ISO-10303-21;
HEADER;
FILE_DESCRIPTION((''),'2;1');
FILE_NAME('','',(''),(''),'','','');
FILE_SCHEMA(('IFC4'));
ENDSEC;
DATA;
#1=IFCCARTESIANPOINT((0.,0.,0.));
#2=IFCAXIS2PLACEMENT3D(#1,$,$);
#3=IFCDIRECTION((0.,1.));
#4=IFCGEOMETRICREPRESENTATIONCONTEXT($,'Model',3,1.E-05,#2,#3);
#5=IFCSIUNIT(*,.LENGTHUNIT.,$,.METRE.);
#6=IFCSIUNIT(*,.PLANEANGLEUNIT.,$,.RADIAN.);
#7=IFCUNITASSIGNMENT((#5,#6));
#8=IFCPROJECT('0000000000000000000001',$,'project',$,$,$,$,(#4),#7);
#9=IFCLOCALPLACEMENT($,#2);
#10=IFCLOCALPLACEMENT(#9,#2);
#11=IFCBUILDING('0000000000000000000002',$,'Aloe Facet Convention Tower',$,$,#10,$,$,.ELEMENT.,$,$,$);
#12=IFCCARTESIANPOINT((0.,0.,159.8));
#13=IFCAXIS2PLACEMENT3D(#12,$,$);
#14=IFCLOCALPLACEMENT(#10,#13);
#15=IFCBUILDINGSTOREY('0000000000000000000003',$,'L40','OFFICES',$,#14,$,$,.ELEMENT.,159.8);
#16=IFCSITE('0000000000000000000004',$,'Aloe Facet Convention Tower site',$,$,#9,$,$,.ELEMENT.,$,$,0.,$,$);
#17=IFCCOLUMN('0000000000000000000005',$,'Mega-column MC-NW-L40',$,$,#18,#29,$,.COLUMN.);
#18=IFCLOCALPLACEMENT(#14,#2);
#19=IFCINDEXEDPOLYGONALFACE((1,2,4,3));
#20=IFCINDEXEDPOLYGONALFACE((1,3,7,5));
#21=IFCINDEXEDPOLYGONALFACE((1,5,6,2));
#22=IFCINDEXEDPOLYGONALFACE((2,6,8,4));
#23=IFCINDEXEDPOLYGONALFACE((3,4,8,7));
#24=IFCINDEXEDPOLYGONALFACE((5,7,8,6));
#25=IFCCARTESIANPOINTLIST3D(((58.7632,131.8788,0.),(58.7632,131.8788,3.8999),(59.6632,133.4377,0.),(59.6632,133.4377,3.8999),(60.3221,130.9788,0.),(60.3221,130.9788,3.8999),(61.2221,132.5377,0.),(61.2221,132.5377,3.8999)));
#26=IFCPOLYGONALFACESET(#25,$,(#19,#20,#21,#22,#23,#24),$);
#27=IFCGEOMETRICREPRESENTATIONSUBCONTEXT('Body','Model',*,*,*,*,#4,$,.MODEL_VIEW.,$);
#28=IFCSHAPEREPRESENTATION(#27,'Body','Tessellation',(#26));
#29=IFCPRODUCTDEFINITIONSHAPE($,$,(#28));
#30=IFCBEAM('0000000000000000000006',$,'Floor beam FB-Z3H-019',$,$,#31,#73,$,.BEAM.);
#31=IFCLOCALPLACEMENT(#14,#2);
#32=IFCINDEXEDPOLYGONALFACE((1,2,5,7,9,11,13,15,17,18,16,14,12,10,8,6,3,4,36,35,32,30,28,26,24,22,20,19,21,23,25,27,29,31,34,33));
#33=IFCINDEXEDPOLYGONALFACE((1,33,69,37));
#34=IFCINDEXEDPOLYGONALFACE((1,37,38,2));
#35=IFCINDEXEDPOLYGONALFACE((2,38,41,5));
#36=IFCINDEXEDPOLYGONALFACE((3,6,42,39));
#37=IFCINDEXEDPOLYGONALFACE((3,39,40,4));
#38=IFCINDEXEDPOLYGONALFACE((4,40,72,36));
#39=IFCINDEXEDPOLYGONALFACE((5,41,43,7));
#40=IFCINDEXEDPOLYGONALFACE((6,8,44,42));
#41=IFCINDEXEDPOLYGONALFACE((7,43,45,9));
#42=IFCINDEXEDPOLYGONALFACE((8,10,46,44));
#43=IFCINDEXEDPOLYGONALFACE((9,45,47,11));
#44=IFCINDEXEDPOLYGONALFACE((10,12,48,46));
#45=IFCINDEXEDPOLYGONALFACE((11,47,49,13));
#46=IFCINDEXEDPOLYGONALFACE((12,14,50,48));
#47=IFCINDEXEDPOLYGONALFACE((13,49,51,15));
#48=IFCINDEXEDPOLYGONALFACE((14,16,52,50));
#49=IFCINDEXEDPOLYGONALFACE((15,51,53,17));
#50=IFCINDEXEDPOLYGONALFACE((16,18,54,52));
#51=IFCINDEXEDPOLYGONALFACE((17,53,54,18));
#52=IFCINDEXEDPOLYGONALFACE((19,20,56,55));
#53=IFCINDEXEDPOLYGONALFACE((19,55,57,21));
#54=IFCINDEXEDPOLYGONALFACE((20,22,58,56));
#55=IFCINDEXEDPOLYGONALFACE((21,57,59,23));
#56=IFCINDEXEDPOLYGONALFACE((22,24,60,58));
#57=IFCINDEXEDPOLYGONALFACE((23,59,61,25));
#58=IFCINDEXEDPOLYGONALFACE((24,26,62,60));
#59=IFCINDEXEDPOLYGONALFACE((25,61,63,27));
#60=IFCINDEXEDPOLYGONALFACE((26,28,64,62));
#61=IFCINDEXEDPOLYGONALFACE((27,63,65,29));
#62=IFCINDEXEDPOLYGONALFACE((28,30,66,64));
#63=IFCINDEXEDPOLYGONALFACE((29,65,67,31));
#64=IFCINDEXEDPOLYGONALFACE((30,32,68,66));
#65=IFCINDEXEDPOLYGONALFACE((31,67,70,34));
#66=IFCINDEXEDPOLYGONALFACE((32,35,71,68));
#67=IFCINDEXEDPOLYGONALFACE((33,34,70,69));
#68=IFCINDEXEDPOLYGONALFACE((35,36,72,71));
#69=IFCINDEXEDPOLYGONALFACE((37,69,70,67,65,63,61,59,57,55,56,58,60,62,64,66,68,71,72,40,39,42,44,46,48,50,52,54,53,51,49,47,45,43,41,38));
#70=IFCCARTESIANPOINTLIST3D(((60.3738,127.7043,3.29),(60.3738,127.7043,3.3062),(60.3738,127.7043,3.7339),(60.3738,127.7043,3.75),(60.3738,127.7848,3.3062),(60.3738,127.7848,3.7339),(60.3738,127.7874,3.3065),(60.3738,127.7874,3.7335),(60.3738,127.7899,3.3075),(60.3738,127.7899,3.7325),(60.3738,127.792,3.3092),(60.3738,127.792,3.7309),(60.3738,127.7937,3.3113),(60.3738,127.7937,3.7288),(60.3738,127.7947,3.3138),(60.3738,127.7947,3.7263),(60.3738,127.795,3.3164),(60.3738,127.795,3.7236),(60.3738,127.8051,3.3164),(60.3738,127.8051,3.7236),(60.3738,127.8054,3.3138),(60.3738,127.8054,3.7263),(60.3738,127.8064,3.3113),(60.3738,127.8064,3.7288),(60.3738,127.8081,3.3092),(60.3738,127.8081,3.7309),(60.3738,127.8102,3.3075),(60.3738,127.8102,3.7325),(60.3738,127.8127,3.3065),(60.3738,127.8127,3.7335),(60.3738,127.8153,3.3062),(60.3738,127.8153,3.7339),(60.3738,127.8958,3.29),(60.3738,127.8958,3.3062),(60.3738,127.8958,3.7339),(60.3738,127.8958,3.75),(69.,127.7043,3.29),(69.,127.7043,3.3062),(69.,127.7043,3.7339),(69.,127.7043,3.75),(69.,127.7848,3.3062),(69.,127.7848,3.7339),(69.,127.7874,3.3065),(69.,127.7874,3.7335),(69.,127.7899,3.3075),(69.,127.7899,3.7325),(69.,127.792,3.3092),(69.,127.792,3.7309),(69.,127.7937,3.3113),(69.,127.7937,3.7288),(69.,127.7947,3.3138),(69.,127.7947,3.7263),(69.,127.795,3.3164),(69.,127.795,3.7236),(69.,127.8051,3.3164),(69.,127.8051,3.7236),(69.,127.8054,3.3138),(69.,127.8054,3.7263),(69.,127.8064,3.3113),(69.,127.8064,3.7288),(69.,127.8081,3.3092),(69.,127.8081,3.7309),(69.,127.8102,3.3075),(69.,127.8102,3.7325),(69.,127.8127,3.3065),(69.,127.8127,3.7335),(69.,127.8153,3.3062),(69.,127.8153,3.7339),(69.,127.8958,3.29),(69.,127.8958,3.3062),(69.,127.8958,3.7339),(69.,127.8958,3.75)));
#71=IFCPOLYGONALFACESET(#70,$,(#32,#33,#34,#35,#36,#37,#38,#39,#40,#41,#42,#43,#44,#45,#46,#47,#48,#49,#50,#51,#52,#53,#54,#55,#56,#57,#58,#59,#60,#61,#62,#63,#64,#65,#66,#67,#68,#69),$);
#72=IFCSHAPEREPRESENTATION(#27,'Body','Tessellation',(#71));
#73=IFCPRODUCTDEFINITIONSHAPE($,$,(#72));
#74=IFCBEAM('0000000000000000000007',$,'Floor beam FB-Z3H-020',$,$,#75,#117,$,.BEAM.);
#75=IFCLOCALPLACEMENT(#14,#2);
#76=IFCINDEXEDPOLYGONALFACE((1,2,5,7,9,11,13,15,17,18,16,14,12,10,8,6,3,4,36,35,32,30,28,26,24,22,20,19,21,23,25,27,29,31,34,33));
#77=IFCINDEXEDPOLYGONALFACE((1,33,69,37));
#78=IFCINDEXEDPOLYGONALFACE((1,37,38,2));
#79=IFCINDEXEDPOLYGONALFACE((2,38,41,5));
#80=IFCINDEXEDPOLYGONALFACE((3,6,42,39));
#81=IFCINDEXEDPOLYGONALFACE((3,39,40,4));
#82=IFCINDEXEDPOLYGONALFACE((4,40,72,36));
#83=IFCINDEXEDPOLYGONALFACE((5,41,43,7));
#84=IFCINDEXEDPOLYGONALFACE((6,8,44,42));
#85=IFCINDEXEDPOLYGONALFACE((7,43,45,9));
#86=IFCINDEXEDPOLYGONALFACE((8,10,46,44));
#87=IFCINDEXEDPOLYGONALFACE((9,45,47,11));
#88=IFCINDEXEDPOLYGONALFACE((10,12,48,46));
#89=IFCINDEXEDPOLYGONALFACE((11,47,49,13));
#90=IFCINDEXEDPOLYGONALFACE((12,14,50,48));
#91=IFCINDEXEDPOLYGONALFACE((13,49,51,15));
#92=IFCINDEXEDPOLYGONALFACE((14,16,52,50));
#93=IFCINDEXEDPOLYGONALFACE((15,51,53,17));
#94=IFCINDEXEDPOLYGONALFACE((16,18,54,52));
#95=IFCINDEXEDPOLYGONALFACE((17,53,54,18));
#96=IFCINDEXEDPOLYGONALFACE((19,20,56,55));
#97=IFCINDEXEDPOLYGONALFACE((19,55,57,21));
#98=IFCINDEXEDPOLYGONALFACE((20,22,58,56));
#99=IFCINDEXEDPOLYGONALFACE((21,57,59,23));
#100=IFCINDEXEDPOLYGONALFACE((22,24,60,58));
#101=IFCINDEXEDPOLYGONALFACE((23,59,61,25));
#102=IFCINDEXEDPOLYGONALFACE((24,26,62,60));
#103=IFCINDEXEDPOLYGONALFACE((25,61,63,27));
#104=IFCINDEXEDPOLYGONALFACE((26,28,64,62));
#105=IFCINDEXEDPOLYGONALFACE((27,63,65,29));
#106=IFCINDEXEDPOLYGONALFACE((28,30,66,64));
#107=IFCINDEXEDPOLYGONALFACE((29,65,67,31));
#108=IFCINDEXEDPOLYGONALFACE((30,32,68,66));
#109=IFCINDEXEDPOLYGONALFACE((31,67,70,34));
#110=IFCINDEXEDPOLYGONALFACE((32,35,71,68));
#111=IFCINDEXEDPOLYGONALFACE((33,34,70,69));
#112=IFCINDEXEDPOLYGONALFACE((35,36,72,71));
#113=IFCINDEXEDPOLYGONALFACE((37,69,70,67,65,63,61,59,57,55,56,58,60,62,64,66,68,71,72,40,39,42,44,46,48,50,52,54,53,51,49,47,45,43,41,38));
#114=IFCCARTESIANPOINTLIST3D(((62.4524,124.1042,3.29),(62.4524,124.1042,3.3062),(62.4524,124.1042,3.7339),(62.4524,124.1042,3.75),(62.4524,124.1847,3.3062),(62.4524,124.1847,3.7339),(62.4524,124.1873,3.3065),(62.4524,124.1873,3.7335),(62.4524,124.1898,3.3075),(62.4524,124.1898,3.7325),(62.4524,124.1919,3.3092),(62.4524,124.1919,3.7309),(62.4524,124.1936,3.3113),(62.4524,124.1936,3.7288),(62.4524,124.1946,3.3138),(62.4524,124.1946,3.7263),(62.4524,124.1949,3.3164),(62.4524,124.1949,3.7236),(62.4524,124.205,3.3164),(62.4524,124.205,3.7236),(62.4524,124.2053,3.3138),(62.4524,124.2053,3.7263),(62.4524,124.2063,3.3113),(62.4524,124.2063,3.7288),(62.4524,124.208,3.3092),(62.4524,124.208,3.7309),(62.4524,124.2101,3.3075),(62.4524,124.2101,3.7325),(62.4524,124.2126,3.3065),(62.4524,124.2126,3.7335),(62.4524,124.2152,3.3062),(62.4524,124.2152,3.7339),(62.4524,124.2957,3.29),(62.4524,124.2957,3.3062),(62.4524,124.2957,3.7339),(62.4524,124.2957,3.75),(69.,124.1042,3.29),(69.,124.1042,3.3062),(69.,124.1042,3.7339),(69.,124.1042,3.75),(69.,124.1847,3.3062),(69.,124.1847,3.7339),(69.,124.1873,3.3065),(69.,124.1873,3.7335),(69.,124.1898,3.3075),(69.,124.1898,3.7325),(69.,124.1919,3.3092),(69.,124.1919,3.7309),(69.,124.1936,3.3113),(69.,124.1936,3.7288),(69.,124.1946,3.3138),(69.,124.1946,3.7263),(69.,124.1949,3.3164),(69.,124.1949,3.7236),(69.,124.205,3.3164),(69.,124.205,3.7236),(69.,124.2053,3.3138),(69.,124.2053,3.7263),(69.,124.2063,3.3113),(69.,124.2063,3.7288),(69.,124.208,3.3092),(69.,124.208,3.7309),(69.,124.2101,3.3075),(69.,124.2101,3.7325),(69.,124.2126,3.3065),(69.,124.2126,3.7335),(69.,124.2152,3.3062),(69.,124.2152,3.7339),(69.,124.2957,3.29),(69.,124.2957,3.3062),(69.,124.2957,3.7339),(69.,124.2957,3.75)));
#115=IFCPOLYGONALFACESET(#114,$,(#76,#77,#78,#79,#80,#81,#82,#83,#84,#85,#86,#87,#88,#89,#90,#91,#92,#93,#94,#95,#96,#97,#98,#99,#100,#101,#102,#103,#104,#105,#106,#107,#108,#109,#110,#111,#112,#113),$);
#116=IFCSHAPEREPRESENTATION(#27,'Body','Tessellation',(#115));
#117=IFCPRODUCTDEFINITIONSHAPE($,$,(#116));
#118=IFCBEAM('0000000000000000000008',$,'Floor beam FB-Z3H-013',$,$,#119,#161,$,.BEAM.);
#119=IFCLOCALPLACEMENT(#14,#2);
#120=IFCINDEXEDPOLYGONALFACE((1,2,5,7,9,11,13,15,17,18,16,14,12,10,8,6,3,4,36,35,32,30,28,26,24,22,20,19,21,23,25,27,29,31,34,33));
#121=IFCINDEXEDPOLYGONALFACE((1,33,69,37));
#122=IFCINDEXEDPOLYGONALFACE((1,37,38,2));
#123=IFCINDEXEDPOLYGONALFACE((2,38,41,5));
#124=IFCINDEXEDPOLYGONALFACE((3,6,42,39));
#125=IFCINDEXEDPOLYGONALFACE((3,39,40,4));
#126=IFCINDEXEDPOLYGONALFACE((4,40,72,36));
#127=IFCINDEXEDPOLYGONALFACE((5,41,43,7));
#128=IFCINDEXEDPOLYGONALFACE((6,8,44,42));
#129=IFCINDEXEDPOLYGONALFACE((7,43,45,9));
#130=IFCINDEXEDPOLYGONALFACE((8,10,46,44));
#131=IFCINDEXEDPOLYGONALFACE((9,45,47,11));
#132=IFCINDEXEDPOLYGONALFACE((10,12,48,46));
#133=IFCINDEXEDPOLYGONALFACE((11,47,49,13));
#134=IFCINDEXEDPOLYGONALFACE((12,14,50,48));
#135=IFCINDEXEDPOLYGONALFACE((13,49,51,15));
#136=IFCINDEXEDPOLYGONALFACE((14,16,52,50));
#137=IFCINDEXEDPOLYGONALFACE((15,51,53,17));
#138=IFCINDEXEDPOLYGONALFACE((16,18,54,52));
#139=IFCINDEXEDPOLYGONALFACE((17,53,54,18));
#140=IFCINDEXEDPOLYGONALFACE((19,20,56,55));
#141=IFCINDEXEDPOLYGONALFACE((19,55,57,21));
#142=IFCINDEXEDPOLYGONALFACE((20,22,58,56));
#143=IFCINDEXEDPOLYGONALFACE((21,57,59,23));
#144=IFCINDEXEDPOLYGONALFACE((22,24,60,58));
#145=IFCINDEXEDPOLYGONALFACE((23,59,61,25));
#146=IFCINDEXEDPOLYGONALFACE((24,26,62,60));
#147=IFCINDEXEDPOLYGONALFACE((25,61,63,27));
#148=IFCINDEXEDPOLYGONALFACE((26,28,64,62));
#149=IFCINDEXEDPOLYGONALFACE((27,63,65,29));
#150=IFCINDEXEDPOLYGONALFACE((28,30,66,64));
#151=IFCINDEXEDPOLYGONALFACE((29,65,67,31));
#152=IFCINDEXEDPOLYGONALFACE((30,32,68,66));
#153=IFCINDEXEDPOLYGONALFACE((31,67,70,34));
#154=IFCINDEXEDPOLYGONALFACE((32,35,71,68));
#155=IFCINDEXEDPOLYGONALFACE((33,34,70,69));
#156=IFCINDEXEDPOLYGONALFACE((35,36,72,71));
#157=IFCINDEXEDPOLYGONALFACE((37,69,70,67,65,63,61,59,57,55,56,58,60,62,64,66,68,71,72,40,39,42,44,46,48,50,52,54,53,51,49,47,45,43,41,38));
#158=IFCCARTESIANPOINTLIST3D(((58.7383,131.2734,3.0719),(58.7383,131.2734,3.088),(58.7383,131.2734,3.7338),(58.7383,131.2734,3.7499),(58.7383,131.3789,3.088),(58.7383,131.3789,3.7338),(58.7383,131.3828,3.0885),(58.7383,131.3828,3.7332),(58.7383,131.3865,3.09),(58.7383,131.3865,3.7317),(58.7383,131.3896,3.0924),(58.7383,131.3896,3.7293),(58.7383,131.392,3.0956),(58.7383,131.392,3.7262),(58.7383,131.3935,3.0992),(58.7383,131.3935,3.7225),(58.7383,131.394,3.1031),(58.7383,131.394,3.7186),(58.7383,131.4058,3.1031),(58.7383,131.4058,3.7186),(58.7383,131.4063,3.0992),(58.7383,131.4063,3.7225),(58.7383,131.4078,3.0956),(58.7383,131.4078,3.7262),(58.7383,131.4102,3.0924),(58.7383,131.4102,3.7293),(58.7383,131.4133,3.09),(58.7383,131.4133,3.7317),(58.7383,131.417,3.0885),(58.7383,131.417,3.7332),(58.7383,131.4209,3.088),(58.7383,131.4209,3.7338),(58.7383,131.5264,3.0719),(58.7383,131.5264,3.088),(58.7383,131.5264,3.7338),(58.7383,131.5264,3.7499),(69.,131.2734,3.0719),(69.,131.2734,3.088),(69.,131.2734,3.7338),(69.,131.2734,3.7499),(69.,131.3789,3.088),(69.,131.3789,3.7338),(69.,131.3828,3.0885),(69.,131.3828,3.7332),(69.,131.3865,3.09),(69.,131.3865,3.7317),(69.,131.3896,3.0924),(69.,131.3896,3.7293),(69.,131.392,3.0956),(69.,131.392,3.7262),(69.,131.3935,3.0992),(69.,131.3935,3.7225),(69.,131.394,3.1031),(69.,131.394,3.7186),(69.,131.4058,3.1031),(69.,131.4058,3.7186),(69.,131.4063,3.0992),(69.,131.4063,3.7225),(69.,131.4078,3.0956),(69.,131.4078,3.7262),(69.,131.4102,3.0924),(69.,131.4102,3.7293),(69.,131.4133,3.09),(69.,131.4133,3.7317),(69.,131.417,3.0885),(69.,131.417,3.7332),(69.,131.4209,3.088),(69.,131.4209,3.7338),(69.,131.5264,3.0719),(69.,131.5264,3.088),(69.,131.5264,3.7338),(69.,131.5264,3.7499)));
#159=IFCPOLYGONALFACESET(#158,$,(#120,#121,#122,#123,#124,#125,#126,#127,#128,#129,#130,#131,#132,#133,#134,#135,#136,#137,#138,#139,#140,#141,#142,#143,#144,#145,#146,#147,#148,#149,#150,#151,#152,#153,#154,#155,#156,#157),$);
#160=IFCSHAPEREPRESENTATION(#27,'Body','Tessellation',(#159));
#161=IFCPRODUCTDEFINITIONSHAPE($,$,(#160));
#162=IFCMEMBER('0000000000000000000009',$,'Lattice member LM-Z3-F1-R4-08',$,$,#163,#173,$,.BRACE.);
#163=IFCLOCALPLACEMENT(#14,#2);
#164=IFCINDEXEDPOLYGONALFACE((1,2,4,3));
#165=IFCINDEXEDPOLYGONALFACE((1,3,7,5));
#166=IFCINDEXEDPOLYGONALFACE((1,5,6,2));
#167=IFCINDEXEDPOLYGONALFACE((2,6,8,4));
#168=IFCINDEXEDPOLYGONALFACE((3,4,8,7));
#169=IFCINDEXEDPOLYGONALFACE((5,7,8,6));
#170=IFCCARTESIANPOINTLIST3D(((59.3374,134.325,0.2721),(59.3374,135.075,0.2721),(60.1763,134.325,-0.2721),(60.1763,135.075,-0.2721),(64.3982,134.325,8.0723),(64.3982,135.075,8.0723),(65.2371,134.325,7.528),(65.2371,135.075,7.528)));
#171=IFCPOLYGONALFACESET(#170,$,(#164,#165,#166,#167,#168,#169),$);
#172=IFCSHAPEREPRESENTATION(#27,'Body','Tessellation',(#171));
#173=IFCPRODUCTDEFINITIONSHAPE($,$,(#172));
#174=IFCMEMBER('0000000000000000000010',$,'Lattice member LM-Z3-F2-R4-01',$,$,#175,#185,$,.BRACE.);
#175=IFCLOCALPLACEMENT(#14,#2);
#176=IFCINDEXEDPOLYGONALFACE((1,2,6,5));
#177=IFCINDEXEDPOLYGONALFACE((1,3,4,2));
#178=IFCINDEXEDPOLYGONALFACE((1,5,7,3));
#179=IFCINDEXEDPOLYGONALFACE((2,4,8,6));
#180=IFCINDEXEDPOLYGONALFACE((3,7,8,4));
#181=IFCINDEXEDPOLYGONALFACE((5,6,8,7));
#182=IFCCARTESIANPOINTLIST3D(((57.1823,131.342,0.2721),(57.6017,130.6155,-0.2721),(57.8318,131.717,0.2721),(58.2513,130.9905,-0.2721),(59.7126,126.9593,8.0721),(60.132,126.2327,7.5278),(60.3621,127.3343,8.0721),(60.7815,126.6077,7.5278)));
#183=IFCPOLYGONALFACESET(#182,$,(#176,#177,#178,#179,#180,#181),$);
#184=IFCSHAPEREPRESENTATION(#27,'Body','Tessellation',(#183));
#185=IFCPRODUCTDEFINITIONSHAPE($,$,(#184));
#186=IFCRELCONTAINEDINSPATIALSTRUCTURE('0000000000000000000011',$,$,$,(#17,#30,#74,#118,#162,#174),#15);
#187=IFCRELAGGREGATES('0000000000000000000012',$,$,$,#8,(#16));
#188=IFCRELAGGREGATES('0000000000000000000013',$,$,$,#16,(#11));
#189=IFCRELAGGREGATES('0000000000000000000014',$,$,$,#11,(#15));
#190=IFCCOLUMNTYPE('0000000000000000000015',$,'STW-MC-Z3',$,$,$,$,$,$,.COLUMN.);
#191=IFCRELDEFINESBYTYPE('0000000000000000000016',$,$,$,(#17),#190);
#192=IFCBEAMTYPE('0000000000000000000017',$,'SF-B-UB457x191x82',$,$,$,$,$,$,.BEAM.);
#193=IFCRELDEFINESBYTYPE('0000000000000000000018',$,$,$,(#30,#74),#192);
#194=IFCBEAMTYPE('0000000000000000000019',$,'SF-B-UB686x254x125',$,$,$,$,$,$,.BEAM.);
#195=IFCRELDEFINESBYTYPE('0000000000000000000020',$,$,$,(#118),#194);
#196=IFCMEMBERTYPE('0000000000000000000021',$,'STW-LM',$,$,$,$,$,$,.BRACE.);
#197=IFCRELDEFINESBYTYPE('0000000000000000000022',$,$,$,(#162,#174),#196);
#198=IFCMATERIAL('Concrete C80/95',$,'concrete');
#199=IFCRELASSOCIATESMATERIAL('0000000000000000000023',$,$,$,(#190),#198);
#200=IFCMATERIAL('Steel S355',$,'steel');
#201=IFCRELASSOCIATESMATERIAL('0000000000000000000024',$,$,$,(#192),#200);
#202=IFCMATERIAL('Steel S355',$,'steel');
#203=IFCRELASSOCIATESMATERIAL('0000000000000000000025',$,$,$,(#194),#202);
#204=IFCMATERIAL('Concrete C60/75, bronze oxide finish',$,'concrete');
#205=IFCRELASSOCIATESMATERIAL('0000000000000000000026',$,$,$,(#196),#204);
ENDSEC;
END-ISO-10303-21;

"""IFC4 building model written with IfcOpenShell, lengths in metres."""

from ifc_helpers import new_model, si_unit, direction, frame, origin, origin_2d, place, context, subcontext, project, spatial, rectangle, i_section, extrude, material, material_profile, profile_set, type_object, element, save


model = new_model("IFC4")

# Units and contexts
model_context = context("Model", 3, precision=1e-05, world=origin(), true_north=direction((0.0, 1.0)))
body_context = subcontext(model_context, "Body", "Model", "MODEL_VIEW")
ifc_project = project(units=[si_unit("LENGTHUNIT", "METRE"), si_unit("PLANEANGLEUNIT", "RADIAN")], contexts=[model_context])

# Site, building, storey
site_placement = place(None, origin())
site = spatial("IfcSite", under=ifc_project, at=site_placement, Name="Aloe Facet Convention Tower site", CompositionType="ELEMENT", RefElevation=0.0)
building_placement = place(site_placement, origin())
building = spatial("IfcBuilding", under=site, at=building_placement, Name="Aloe Facet Convention Tower", CompositionType="ELEMENT")
storey_placement = place(building_placement, frame((0.0, 0.0, 159.8)))
storey = spatial("IfcBuildingStorey", under=building, at=storey_placement, Name="L40", Description="OFFICES", CompositionType="ELEMENT", Elevation=159.8)

# Column
ifc_material_1 = material(Name="Concrete C80/95", Category="concrete")
ifc_material_profile_1 = material_profile(ifc_material_1, rectangle(XDim=1.8, YDim=1.8, at=origin_2d()), Name="STW-MC-Z3")
ifc_profile_set_1 = profile_set([ifc_material_profile_1], Name="Concrete C80/95")
column_type = type_object("IfcColumnType", Name="STW-MC-Z3", PredefinedType="COLUMN", material=ifc_profile_set_1)
column_placement = place(storey_placement, frame((59.9927, 132.2083, 0.0), z_axis=(0.0, 0.0, 1.0), x_axis=(-0.5, -0.866025, 0.0)))
element("IfcColumn", 1, at=column_placement, inside=storey, type_object=column_type, Name="Mega-column MC-NW-L40", PredefinedType="COLUMN", context=body_context, shape_type="SweptSolid", body=[
    extrude(rectangle(XDim=1.8, YDim=1.8, at=origin_2d()), origin(), (0.0, 0.0, 1.0), 3.8999),
])

# Beams
ifc_material_2 = material(Name="Steel S355", Category="steel")
ifc_material_profile_2 = material_profile(ifc_material_2, i_section(OverallWidth=0.1914, OverallDepth=0.46, WebThickness=0.01, FlangeThickness=0.0161, FilletRadius=0.0103, at=origin_2d()), Name="UB 457x191x82")
ifc_profile_set_2 = profile_set([ifc_material_profile_2], Name="Steel S355")
beam_type_1 = type_object("IfcBeamType", Name="SF-B-UB457x191x82", PredefinedType="BEAM", material=ifc_profile_set_2)
beam_1_placement = place(storey_placement, frame((60.3738, 127.8, 3.52), z_axis=(1.0, 0.0, 0.0), x_axis=(0.0, 1.0, 0.0)))
element("IfcBeam", 2, at=beam_1_placement, inside=storey, type_object=beam_type_1, Name="Floor beam FB-Z3H-019", PredefinedType="BEAM", context=body_context, shape_type="SweptSolid", body=[
    extrude(i_section(OverallWidth=0.1914, OverallDepth=0.46, WebThickness=0.01, FlangeThickness=0.0161, FilletRadius=0.0103, at=origin_2d()), origin(), (0.0, 0.0, 1.0), 8.6262),
])
beam_2_placement = place(storey_placement, frame((62.4524, 124.2, 3.52), z_axis=(1.0, 0.0, 0.0), x_axis=(0.0, 1.0, 0.0)))
element("IfcBeam", 3, at=beam_2_placement, inside=storey, type_object=beam_type_1, Name="Floor beam FB-Z3H-020", PredefinedType="BEAM", context=body_context, shape_type="SweptSolid", body=[
    extrude(i_section(OverallWidth=0.1914, OverallDepth=0.46, WebThickness=0.01, FlangeThickness=0.0161, FilletRadius=0.0103, at=origin_2d()), origin(), (0.0, 0.0, 1.0), 6.5476),
])
ifc_material_3 = material(Name="Steel S355", Category="steel")
ifc_material_profile_3 = material_profile(ifc_material_3, i_section(OverallWidth=0.2529, OverallDepth=0.678, WebThickness=0.0117, FlangeThickness=0.0161, FilletRadius=0.0151, at=origin_2d()), Name="UB 686x254x125")
ifc_profile_set_3 = profile_set([ifc_material_profile_3], Name="Steel S355")
beam_type_2 = type_object("IfcBeamType", Name="SF-B-UB686x254x125", PredefinedType="BEAM", material=ifc_profile_set_3)
beam_3_placement = place(storey_placement, frame((58.7383, 131.3999, 3.4109), z_axis=(1.0, 0.0, 0.0), x_axis=(0.0, 1.0, 0.0)))
element("IfcBeam", 4, at=beam_3_placement, inside=storey, type_object=beam_type_2, Name="Floor beam FB-Z3H-013", PredefinedType="BEAM", context=body_context, shape_type="SweptSolid", body=[
    extrude(i_section(OverallWidth=0.2529, OverallDepth=0.678, WebThickness=0.0117, FlangeThickness=0.0161, FilletRadius=0.0151, at=origin_2d()), origin(), (0.0, 0.0, 1.0), 10.2617),
])

# Members
ifc_material_4 = material(Name="Concrete C60/75, bronze oxide finish", Category="concrete")
ifc_material_profile_4 = material_profile(ifc_material_4, rectangle(XDim=0.75, YDim=1.0, at=origin_2d()), Name="STW-LM")
ifc_profile_set_4 = profile_set([ifc_material_profile_4], Name="Concrete C60/75, bronze oxide finish")
member_type = type_object("IfcMemberType", Name="STW-LM", PredefinedType="BRACE", material=ifc_profile_set_4)
member_1_placement = place(storey_placement, frame((59.7568, 134.7, 0.0), z_axis=(0.54429, 0.0, 0.838897), x_axis=(0.0, 1.0, 0.0)))
element("IfcMember", 5, at=member_1_placement, inside=storey, type_object=member_type, Name="Lattice member LM-Z3-F1-R4-08", PredefinedType="BRACE", context=body_context, shape_type="SweptSolid", body=[
    extrude(rectangle(XDim=0.75, YDim=1.0, at=origin_2d()), origin(), (0.0, 0.0, 1.0), 9.2981),
])
member_2_placement = place(storey_placement, frame((57.7168, 131.1663, 0.0), z_axis=(0.272132, -0.471373, 0.838899), x_axis=(0.866038, 0.499979, 0.0)))
element("IfcMember", 6, at=member_2_placement, inside=storey, type_object=member_type, Name="Lattice member LM-Z3-F2-R4-01", PredefinedType="BRACE", context=body_context, shape_type="SweptSolid", body=[
    extrude(rectangle(XDim=0.75, YDim=1.0, at=origin_2d()), origin(), (0.0, 0.0, 1.0), 9.2979),
])

save(model, "model.ifc")
